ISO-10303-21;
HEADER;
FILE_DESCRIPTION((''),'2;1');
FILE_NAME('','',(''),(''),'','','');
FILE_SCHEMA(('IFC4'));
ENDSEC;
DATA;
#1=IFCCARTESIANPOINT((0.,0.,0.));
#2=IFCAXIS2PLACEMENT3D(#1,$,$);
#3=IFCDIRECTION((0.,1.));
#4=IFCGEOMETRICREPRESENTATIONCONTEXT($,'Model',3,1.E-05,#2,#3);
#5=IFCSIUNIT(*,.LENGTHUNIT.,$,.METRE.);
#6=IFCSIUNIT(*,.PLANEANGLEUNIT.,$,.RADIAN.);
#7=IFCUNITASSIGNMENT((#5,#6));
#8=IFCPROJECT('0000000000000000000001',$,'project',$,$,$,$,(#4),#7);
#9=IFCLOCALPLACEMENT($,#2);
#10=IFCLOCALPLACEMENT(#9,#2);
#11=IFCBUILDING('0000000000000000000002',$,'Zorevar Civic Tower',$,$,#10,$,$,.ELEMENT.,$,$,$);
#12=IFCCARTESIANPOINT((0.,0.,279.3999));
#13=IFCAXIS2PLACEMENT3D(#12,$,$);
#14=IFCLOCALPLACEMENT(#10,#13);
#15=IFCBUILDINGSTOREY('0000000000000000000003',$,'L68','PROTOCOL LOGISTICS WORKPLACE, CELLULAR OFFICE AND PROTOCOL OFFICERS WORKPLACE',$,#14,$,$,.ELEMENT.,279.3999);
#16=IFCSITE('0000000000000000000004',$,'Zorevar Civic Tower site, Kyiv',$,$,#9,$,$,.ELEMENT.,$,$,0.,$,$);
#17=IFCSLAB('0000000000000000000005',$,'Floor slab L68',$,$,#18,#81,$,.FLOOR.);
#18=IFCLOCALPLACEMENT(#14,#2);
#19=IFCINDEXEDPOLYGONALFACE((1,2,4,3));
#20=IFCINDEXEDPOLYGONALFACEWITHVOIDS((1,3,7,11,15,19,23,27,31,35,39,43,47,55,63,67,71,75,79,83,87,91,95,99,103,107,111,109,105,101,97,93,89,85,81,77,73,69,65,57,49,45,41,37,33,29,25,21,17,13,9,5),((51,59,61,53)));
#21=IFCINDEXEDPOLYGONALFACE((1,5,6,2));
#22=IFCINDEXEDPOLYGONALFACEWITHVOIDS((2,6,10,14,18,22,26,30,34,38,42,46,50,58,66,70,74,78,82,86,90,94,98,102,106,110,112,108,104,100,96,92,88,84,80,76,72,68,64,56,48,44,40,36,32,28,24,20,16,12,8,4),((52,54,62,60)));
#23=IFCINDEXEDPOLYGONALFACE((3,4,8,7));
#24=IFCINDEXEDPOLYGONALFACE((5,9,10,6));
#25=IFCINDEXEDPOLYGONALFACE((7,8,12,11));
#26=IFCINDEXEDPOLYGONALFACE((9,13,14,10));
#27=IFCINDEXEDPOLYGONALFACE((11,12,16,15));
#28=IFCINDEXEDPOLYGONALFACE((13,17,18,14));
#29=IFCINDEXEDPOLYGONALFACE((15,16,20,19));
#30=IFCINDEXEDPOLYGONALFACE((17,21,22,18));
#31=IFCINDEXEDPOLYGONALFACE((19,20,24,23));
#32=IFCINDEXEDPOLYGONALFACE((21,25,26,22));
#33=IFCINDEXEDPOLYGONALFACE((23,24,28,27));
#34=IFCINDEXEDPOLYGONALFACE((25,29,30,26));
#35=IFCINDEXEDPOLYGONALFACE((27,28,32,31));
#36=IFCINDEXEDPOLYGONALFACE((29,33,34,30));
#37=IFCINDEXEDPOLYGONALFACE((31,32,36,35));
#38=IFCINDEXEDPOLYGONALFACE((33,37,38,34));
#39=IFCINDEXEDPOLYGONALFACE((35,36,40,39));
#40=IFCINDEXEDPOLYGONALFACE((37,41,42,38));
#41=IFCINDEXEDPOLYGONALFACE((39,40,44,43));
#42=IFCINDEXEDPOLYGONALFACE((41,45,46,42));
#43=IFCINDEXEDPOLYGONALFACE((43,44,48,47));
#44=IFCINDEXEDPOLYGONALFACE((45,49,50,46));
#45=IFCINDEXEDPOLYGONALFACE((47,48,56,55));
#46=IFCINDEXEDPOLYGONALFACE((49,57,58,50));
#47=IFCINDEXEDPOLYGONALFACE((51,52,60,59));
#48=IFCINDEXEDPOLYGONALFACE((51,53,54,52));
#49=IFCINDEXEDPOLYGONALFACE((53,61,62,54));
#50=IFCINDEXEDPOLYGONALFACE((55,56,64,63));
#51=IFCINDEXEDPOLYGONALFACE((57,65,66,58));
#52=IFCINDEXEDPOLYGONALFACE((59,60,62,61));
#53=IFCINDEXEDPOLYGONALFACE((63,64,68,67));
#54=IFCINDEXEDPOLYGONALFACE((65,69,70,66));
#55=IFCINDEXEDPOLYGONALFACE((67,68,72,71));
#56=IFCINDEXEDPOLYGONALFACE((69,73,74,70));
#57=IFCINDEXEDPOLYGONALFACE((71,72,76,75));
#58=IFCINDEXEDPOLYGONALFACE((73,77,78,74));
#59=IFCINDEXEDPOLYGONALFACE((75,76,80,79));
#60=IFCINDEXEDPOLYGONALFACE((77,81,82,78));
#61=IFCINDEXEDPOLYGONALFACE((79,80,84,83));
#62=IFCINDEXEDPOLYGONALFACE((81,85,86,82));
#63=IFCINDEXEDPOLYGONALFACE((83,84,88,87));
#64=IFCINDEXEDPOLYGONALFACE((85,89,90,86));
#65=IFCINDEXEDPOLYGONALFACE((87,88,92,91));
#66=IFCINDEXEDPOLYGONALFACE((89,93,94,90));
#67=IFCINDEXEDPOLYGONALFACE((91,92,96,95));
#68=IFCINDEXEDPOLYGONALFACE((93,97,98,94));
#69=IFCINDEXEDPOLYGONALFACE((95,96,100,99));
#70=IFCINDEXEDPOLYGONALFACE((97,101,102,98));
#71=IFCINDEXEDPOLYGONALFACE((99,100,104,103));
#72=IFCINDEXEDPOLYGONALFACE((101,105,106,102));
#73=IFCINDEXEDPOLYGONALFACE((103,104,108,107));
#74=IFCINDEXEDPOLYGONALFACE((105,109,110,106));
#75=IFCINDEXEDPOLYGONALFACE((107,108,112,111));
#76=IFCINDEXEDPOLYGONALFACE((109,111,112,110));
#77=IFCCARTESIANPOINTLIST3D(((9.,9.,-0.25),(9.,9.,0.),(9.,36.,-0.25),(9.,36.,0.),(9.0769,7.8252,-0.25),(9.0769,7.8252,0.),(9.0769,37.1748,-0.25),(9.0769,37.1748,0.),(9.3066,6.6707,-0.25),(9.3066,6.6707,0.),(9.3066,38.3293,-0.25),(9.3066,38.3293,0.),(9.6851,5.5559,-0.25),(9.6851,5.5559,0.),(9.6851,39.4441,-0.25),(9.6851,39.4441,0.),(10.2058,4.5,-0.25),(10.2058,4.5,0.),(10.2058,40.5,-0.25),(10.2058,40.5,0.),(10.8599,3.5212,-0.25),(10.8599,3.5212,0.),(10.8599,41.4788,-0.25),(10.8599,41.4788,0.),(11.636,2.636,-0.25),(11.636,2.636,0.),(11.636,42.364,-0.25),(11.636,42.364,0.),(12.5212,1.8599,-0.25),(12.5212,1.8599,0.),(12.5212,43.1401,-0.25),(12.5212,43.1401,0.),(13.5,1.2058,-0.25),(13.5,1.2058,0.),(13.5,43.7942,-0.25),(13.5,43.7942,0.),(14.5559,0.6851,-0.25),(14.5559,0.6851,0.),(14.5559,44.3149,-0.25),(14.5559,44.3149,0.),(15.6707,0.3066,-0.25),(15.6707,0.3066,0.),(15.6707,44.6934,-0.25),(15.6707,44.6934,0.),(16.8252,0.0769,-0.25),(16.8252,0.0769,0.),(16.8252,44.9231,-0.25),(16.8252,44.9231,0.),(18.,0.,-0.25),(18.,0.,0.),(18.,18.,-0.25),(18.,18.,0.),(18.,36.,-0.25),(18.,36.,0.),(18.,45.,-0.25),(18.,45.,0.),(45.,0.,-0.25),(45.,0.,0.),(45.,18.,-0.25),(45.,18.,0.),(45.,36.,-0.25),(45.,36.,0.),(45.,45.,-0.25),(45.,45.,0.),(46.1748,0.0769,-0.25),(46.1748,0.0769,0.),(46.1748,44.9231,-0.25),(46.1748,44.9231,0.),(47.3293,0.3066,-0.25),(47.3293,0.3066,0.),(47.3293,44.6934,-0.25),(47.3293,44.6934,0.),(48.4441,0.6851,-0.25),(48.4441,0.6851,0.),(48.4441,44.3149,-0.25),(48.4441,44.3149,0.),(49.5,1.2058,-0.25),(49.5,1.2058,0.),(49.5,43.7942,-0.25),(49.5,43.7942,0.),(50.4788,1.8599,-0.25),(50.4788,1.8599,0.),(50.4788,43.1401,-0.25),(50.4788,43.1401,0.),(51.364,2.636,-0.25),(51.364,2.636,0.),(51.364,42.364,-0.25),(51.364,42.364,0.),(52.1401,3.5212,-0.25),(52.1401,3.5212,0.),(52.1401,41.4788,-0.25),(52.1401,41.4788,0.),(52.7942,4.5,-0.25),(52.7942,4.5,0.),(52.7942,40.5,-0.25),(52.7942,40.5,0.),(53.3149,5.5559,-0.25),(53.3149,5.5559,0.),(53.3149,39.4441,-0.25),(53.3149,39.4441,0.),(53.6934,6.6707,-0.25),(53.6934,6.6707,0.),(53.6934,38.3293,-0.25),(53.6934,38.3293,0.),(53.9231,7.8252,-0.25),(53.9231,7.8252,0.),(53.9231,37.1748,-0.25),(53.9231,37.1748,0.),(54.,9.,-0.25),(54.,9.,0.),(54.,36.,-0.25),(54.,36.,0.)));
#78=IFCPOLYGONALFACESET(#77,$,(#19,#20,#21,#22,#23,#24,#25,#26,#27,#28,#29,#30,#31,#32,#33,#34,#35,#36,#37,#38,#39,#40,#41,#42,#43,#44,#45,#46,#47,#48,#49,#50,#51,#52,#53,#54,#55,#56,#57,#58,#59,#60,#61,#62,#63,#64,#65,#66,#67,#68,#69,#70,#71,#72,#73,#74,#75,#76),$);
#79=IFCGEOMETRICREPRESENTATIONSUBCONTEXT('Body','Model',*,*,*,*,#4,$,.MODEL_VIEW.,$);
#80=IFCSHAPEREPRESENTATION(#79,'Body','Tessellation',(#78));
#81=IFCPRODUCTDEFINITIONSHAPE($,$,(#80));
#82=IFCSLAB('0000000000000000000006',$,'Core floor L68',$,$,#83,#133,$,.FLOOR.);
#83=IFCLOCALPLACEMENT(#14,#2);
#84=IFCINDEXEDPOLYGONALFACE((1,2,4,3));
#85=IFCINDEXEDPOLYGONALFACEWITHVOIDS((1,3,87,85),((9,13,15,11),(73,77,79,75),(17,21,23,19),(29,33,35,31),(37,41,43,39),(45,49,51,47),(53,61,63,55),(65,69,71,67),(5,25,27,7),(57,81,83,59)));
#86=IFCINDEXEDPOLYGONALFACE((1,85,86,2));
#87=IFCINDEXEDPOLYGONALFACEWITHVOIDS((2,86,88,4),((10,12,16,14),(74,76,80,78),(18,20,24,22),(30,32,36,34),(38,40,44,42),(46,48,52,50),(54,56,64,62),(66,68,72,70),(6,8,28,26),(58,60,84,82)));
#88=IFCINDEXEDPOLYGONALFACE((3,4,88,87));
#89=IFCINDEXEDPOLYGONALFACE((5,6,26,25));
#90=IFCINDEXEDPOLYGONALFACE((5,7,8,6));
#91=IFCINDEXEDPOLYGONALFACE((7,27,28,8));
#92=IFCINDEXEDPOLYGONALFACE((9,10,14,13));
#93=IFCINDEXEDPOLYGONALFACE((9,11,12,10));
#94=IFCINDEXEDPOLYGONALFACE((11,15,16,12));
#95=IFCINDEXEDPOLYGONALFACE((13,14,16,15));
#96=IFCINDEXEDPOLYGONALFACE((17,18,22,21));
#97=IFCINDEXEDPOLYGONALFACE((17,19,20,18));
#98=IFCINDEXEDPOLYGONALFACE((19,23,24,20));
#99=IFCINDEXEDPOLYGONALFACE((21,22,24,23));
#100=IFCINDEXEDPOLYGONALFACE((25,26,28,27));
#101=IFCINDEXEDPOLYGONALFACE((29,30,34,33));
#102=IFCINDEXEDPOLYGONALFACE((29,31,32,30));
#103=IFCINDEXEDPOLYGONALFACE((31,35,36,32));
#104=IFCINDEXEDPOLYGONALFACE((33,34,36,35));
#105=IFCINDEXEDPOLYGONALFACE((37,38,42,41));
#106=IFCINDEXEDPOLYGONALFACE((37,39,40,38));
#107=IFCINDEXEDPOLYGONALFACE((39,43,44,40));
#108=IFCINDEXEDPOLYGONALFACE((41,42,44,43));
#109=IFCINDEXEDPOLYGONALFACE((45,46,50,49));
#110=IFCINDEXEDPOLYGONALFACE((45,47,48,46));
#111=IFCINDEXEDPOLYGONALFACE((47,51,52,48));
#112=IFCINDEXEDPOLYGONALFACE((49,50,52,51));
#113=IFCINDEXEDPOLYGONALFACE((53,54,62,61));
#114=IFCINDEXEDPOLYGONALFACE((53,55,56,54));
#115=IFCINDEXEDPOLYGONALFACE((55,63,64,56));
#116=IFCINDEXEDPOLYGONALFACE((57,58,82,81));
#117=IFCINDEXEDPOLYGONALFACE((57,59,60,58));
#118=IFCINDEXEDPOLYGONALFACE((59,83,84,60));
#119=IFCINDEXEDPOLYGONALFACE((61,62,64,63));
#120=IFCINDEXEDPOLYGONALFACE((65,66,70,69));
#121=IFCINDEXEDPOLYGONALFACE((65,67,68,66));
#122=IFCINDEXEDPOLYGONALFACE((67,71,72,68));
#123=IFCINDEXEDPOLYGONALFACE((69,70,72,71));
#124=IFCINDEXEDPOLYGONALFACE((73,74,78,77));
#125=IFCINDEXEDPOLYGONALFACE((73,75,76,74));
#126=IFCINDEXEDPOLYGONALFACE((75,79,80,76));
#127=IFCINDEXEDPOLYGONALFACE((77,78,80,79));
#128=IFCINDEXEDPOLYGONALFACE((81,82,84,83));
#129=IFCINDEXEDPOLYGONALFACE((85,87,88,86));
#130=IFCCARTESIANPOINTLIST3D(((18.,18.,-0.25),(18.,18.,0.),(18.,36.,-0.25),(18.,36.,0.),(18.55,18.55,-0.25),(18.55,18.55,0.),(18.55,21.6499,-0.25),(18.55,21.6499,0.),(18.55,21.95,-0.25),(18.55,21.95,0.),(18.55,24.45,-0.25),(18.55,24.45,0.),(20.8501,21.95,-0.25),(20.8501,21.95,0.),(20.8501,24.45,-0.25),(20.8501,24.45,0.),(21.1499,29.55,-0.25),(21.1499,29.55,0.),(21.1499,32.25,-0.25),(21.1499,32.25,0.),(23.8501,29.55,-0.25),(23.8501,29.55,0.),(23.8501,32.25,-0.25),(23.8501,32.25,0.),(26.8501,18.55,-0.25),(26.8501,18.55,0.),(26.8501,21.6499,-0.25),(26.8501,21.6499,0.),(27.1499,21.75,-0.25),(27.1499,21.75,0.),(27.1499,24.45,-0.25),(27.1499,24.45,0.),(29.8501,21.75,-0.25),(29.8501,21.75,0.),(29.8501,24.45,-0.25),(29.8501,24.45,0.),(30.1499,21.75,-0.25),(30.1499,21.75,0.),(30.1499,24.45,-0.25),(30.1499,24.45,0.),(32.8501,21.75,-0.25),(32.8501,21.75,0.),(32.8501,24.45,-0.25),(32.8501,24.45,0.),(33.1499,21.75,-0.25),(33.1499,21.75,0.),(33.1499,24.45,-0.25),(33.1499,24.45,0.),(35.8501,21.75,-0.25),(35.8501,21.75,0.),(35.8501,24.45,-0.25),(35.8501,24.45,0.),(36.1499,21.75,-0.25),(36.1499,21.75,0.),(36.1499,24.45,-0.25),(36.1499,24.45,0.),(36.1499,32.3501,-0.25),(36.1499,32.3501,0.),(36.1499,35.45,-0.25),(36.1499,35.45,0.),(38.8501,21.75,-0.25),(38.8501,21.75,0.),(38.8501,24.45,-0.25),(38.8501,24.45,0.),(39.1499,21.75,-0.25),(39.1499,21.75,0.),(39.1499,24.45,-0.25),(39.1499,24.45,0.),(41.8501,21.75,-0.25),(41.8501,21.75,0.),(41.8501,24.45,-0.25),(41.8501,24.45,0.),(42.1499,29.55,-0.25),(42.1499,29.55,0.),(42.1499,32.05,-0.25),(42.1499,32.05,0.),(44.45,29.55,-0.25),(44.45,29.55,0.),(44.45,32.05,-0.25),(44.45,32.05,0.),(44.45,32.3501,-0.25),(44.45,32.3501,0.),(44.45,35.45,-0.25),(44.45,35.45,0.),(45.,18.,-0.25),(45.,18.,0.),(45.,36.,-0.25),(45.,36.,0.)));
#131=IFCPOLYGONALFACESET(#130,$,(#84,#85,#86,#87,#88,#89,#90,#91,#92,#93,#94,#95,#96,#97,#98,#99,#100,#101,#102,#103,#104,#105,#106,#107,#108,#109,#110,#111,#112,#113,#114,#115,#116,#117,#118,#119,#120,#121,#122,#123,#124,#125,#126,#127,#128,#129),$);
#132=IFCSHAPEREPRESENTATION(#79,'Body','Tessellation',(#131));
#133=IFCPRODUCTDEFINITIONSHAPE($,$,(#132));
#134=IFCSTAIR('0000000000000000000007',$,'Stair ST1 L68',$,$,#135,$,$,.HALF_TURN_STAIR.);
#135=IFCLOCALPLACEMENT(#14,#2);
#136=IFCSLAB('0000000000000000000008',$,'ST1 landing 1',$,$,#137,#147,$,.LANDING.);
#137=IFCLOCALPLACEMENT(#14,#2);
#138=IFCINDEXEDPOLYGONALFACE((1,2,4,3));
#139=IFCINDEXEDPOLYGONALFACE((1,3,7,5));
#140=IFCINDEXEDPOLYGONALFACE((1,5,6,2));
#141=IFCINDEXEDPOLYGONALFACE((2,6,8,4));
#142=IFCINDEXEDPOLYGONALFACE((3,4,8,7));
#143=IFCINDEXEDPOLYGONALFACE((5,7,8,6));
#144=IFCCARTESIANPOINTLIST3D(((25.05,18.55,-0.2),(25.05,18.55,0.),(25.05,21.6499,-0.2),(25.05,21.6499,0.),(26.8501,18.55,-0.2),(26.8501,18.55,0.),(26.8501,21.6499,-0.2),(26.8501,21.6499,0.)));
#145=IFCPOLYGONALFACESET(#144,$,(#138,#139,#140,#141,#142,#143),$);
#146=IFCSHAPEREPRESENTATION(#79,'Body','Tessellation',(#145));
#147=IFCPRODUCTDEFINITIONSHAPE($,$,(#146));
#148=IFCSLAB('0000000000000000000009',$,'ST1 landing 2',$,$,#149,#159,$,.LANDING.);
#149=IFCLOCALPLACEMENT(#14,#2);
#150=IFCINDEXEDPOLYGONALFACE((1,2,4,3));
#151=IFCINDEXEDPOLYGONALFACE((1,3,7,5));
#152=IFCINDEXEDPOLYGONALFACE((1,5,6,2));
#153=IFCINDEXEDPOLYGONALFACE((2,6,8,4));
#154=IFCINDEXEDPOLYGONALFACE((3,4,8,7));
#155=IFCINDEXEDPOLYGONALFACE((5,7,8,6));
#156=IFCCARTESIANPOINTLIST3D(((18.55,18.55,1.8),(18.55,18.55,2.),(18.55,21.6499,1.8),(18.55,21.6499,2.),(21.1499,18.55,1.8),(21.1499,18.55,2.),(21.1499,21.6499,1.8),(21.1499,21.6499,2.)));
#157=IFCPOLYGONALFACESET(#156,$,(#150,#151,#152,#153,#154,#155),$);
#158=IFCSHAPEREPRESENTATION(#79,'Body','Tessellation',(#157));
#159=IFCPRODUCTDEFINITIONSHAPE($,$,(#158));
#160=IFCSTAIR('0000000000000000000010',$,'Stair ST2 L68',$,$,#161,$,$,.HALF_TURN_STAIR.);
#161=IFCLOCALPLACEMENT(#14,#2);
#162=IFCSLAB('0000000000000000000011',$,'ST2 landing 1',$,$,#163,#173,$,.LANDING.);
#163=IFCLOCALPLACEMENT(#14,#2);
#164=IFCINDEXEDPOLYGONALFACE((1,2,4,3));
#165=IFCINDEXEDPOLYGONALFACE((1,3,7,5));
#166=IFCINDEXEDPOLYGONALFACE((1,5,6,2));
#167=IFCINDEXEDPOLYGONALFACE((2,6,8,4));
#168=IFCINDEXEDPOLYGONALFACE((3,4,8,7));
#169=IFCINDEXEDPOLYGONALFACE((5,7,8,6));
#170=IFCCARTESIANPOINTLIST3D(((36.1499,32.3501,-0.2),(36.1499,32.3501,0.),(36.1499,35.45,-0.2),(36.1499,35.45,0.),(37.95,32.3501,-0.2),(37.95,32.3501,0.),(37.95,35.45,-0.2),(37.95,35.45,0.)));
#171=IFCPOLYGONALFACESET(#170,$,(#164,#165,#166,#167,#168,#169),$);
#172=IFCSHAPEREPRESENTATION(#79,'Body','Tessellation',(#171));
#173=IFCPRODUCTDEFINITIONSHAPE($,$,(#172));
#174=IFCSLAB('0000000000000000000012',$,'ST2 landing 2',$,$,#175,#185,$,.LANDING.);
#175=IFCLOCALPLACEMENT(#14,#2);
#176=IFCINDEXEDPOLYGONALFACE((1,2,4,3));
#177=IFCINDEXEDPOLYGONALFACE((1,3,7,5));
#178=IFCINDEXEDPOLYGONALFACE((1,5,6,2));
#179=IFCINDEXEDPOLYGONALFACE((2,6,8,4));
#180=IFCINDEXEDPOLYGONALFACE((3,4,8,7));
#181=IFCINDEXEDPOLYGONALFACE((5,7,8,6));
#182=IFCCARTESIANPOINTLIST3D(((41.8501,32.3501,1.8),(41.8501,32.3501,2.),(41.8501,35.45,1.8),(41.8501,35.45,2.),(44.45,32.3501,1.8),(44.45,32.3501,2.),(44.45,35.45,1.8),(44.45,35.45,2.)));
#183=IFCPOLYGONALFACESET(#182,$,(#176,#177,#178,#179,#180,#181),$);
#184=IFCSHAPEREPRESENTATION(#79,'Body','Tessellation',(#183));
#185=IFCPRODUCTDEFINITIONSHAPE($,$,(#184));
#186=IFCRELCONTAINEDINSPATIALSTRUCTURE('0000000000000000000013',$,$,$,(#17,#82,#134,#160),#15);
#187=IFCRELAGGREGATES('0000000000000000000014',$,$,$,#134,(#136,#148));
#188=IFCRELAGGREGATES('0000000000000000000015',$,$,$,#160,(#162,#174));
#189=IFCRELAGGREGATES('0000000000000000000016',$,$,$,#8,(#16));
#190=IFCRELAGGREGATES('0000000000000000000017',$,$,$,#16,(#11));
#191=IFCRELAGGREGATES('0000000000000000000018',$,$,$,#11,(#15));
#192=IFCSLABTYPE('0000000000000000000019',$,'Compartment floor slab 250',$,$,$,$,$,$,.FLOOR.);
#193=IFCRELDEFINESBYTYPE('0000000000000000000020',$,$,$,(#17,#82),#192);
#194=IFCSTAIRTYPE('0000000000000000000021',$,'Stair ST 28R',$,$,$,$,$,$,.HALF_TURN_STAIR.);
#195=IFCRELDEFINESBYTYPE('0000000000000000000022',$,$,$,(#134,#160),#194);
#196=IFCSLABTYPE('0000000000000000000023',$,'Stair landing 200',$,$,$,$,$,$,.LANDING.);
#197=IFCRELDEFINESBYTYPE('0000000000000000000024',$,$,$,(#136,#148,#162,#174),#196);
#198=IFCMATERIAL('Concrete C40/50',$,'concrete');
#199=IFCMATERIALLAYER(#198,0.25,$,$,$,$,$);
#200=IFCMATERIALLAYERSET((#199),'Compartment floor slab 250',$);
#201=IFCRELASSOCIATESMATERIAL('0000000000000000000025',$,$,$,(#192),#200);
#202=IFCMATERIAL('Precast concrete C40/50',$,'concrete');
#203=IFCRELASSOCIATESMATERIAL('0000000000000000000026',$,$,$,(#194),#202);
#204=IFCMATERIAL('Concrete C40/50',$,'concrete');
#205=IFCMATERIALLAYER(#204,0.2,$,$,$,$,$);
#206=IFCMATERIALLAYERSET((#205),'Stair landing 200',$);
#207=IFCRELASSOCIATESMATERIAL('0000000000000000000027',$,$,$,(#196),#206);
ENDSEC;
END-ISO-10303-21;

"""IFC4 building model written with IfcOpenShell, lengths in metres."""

from ifc_helpers import new_model, si_unit, direction, frame, origin, place, context, subcontext, project, spatial, polyline, outline, extrude, material, layer, layer_set, type_object, element, aggregate, save


model = new_model("IFC4")

# Units and contexts
model_context = context("Model", 3, precision=1e-05, world=origin(), true_north=direction((0.0, 1.0)))
body_context = subcontext(model_context, "Body", "Model", "MODEL_VIEW")
ifc_project = project(units=[si_unit("LENGTHUNIT", "METRE"), si_unit("PLANEANGLEUNIT", "RADIAN")], contexts=[model_context])

# Site, building, storey
site_placement = place(None, origin())
site = spatial("IfcSite", under=ifc_project, at=site_placement, Name="Zorevar Civic Tower site, Kyiv", CompositionType="ELEMENT", RefElevation=0.0)
building_placement = place(site_placement, origin())
building = spatial("IfcBuilding", under=site, at=building_placement, Name="Zorevar Civic Tower", CompositionType="ELEMENT")
storey_placement = place(building_placement, frame((0.0, 0.0, 279.3999)))
storey = spatial("IfcBuildingStorey", under=building, at=storey_placement, Name="L68", Description="PROTOCOL LOGISTICS WORKPLACE, CELLULAR OFFICE AND PROTOCOL OFFICERS WORKPLACE", CompositionType="ELEMENT", Elevation=279.3999)

# Slabs
ifc_material_1 = material(Name="Concrete C40/50", Category="concrete")
ifc_layer_1 = layer(ifc_material_1, 0.25)
ifc_layer_set_1 = layer_set([ifc_layer_1], Name="Compartment floor slab 250")
slab_type_1 = type_object("IfcSlabType", Name="Compartment floor slab 250", PredefinedType="FLOOR", material=ifc_layer_set_1)
slab_1_placement = place(storey_placement, frame((0.0, 0.0, -0.25)))
element("IfcSlab", 1, at=slab_1_placement, inside=storey, type_object=slab_type_1, Name="Floor slab L68", PredefinedType="FLOOR", context=body_context, shape_type="SweptSolid", body=[
    extrude(outline(polyline([(45.0, 0.0), (46.1748, 0.0769), (47.3293, 0.3066), (48.4441, 0.6851), (49.5, 1.2058), (50.4788, 1.8599), (51.364, 2.636), (52.1401, 3.5212), (52.7942, 4.5), (53.3149, 5.5559), (53.6934, 6.6707), (53.9231, 7.8252), (54.0, 9.0), (54.0, 36.0), (53.9231, 37.1748), (53.6934, 38.3293), (53.3149, 39.4441), (52.7942, 40.5), (52.1401, 41.4788), (51.364, 42.364), (50.4788, 43.1401), (49.5, 43.7942), (48.4441, 44.3149), (47.3293, 44.6934), (46.1748, 44.9231), (45.0, 45.0), (18.0, 45.0), (16.8252, 44.9231), (15.6707, 44.6934), (14.5559, 44.3149), (13.5, 43.7942), (12.5212, 43.1401), (11.636, 42.364), (10.8599, 41.4788), (10.2058, 40.5), (9.6851, 39.4441), (9.3066, 38.3293), (9.0769, 37.1748), (9.0, 36.0), (9.0, 9.0), (9.0769, 7.8252), (9.3066, 6.6707), (9.6851, 5.5559), (10.2058, 4.5), (10.8599, 3.5212), (11.636, 2.636), (12.5212, 1.8599), (13.5, 1.2058), (14.5559, 0.6851), (15.6707, 0.3066), (16.8252, 0.0769), (18.0, 0.0), (45.0, 0.0)]), holes=[polyline([(18.0, 18.0), (45.0, 18.0), (45.0, 36.0), (18.0, 36.0), (18.0, 18.0)])]), origin(), (0.0, 0.0, 1.0), 0.25),
])
slab_2_placement = place(storey_placement, frame((0.0, 0.0, -0.25)))
element("IfcSlab", 2, at=slab_2_placement, inside=storey, type_object=slab_type_1, Name="Core floor L68", PredefinedType="FLOOR", context=body_context, shape_type="SweptSolid", body=[
    extrude(outline(polyline([(18.0, 18.0), (45.0, 18.0), (45.0, 36.0), (18.0, 36.0), (18.0, 18.0)]), holes=[polyline([(18.55, 18.55), (26.8501, 18.55), (26.8501, 21.6499), (18.55, 21.6499), (18.55, 18.55)]), polyline([(36.1499, 32.3501), (44.45, 32.3501), (44.45, 35.45), (36.1499, 35.45), (36.1499, 32.3501)]), polyline([(18.55, 21.95), (20.8501, 21.95), (20.8501, 24.45), (18.55, 24.45), (18.55, 21.95)]), polyline([(42.1499, 29.55), (44.45, 29.55), (44.45, 32.05), (42.1499, 32.05), (42.1499, 29.55)]), polyline([(27.1499, 21.75), (29.8501, 21.75), (29.8501, 24.45), (27.1499, 24.45), (27.1499, 21.75)]), polyline([(30.1499, 21.75), (32.8501, 21.75), (32.8501, 24.45), (30.1499, 24.45), (30.1499, 21.75)]), polyline([(33.1499, 21.75), (35.8501, 21.75), (35.8501, 24.45), (33.1499, 24.45), (33.1499, 21.75)]), polyline([(36.1499, 21.75), (38.8501, 21.75), (38.8501, 24.45), (36.1499, 24.45), (36.1499, 21.75)]), polyline([(39.1499, 21.75), (41.8501, 21.75), (41.8501, 24.45), (39.1499, 24.45), (39.1499, 21.75)]), polyline([(21.1499, 29.55), (23.8501, 29.55), (23.8501, 32.25), (21.1499, 32.25), (21.1499, 29.55)])]), origin(), (0.0, 0.0, 1.0), 0.25),
])

# Stairs, slabs
ifc_material_2 = material(Name="Precast concrete C40/50", Category="concrete")
stair_type = type_object("IfcStairType", Name="Stair ST 28R", PredefinedType="HALF_TURN_STAIR", material=ifc_material_2)
stair_1_placement = place(storey_placement, origin())
stair_1 = element("IfcStair", 3, at=stair_1_placement, inside=storey, type_object=stair_type, Name="Stair ST1 L68", PredefinedType="HALF_TURN_STAIR")
ifc_material_3 = material(Name="Concrete C40/50", Category="concrete")
ifc_layer_2 = layer(ifc_material_3, 0.2)
ifc_layer_set_2 = layer_set([ifc_layer_2], Name="Stair landing 200")
slab_type_2 = type_object("IfcSlabType", Name="Stair landing 200", PredefinedType="LANDING", material=ifc_layer_set_2)
slab_3_placement = place(storey_placement, frame((0.0, 0.0, -0.2)))
slab_3 = element("IfcSlab", 4, at=slab_3_placement, type_object=slab_type_2, Name="ST1 landing 1", PredefinedType="LANDING", context=body_context, shape_type="SweptSolid", body=[
    extrude(outline(polyline([(25.05, 18.55), (26.8501, 18.55), (26.8501, 21.6499), (25.05, 21.6499), (25.05, 18.55)])), origin(), (0.0, 0.0, 1.0), 0.2),
])
slab_4_placement = place(storey_placement, frame((0.0, 0.0, 1.8)))
slab_4 = element("IfcSlab", 5, at=slab_4_placement, type_object=slab_type_2, Name="ST1 landing 2", PredefinedType="LANDING", context=body_context, shape_type="SweptSolid", body=[
    extrude(outline(polyline([(18.55, 18.55), (21.1499, 18.55), (21.1499, 21.6499), (18.55, 21.6499), (18.55, 18.55)])), origin(), (0.0, 0.0, 1.0), 0.2),
])
aggregate(stair_1, [slab_3, slab_4])
stair_2_placement = place(storey_placement, origin())
stair_2 = element("IfcStair", 6, at=stair_2_placement, inside=storey, type_object=stair_type, Name="Stair ST2 L68", PredefinedType="HALF_TURN_STAIR")
slab_5_placement = place(storey_placement, frame((0.0, 0.0, -0.2)))
slab_5 = element("IfcSlab", 7, at=slab_5_placement, type_object=slab_type_2, Name="ST2 landing 1", PredefinedType="LANDING", context=body_context, shape_type="SweptSolid", body=[
    extrude(outline(polyline([(37.95, 32.3501), (36.1499, 32.3501), (36.1499, 35.45), (37.95, 35.45), (37.95, 32.3501)])), origin(), (0.0, 0.0, 1.0), 0.2),
])
slab_6_placement = place(storey_placement, frame((0.0, 0.0, 1.8)))
slab_6 = element("IfcSlab", 8, at=slab_6_placement, type_object=slab_type_2, Name="ST2 landing 2", PredefinedType="LANDING", context=body_context, shape_type="SweptSolid", body=[
    extrude(outline(polyline([(44.45, 32.3501), (41.8501, 32.3501), (41.8501, 35.45), (44.45, 35.45), (44.45, 32.3501)])), origin(), (0.0, 0.0, 1.0), 0.2),
])
aggregate(stair_2, [slab_5, slab_6])

save(model, "model.ifc")
